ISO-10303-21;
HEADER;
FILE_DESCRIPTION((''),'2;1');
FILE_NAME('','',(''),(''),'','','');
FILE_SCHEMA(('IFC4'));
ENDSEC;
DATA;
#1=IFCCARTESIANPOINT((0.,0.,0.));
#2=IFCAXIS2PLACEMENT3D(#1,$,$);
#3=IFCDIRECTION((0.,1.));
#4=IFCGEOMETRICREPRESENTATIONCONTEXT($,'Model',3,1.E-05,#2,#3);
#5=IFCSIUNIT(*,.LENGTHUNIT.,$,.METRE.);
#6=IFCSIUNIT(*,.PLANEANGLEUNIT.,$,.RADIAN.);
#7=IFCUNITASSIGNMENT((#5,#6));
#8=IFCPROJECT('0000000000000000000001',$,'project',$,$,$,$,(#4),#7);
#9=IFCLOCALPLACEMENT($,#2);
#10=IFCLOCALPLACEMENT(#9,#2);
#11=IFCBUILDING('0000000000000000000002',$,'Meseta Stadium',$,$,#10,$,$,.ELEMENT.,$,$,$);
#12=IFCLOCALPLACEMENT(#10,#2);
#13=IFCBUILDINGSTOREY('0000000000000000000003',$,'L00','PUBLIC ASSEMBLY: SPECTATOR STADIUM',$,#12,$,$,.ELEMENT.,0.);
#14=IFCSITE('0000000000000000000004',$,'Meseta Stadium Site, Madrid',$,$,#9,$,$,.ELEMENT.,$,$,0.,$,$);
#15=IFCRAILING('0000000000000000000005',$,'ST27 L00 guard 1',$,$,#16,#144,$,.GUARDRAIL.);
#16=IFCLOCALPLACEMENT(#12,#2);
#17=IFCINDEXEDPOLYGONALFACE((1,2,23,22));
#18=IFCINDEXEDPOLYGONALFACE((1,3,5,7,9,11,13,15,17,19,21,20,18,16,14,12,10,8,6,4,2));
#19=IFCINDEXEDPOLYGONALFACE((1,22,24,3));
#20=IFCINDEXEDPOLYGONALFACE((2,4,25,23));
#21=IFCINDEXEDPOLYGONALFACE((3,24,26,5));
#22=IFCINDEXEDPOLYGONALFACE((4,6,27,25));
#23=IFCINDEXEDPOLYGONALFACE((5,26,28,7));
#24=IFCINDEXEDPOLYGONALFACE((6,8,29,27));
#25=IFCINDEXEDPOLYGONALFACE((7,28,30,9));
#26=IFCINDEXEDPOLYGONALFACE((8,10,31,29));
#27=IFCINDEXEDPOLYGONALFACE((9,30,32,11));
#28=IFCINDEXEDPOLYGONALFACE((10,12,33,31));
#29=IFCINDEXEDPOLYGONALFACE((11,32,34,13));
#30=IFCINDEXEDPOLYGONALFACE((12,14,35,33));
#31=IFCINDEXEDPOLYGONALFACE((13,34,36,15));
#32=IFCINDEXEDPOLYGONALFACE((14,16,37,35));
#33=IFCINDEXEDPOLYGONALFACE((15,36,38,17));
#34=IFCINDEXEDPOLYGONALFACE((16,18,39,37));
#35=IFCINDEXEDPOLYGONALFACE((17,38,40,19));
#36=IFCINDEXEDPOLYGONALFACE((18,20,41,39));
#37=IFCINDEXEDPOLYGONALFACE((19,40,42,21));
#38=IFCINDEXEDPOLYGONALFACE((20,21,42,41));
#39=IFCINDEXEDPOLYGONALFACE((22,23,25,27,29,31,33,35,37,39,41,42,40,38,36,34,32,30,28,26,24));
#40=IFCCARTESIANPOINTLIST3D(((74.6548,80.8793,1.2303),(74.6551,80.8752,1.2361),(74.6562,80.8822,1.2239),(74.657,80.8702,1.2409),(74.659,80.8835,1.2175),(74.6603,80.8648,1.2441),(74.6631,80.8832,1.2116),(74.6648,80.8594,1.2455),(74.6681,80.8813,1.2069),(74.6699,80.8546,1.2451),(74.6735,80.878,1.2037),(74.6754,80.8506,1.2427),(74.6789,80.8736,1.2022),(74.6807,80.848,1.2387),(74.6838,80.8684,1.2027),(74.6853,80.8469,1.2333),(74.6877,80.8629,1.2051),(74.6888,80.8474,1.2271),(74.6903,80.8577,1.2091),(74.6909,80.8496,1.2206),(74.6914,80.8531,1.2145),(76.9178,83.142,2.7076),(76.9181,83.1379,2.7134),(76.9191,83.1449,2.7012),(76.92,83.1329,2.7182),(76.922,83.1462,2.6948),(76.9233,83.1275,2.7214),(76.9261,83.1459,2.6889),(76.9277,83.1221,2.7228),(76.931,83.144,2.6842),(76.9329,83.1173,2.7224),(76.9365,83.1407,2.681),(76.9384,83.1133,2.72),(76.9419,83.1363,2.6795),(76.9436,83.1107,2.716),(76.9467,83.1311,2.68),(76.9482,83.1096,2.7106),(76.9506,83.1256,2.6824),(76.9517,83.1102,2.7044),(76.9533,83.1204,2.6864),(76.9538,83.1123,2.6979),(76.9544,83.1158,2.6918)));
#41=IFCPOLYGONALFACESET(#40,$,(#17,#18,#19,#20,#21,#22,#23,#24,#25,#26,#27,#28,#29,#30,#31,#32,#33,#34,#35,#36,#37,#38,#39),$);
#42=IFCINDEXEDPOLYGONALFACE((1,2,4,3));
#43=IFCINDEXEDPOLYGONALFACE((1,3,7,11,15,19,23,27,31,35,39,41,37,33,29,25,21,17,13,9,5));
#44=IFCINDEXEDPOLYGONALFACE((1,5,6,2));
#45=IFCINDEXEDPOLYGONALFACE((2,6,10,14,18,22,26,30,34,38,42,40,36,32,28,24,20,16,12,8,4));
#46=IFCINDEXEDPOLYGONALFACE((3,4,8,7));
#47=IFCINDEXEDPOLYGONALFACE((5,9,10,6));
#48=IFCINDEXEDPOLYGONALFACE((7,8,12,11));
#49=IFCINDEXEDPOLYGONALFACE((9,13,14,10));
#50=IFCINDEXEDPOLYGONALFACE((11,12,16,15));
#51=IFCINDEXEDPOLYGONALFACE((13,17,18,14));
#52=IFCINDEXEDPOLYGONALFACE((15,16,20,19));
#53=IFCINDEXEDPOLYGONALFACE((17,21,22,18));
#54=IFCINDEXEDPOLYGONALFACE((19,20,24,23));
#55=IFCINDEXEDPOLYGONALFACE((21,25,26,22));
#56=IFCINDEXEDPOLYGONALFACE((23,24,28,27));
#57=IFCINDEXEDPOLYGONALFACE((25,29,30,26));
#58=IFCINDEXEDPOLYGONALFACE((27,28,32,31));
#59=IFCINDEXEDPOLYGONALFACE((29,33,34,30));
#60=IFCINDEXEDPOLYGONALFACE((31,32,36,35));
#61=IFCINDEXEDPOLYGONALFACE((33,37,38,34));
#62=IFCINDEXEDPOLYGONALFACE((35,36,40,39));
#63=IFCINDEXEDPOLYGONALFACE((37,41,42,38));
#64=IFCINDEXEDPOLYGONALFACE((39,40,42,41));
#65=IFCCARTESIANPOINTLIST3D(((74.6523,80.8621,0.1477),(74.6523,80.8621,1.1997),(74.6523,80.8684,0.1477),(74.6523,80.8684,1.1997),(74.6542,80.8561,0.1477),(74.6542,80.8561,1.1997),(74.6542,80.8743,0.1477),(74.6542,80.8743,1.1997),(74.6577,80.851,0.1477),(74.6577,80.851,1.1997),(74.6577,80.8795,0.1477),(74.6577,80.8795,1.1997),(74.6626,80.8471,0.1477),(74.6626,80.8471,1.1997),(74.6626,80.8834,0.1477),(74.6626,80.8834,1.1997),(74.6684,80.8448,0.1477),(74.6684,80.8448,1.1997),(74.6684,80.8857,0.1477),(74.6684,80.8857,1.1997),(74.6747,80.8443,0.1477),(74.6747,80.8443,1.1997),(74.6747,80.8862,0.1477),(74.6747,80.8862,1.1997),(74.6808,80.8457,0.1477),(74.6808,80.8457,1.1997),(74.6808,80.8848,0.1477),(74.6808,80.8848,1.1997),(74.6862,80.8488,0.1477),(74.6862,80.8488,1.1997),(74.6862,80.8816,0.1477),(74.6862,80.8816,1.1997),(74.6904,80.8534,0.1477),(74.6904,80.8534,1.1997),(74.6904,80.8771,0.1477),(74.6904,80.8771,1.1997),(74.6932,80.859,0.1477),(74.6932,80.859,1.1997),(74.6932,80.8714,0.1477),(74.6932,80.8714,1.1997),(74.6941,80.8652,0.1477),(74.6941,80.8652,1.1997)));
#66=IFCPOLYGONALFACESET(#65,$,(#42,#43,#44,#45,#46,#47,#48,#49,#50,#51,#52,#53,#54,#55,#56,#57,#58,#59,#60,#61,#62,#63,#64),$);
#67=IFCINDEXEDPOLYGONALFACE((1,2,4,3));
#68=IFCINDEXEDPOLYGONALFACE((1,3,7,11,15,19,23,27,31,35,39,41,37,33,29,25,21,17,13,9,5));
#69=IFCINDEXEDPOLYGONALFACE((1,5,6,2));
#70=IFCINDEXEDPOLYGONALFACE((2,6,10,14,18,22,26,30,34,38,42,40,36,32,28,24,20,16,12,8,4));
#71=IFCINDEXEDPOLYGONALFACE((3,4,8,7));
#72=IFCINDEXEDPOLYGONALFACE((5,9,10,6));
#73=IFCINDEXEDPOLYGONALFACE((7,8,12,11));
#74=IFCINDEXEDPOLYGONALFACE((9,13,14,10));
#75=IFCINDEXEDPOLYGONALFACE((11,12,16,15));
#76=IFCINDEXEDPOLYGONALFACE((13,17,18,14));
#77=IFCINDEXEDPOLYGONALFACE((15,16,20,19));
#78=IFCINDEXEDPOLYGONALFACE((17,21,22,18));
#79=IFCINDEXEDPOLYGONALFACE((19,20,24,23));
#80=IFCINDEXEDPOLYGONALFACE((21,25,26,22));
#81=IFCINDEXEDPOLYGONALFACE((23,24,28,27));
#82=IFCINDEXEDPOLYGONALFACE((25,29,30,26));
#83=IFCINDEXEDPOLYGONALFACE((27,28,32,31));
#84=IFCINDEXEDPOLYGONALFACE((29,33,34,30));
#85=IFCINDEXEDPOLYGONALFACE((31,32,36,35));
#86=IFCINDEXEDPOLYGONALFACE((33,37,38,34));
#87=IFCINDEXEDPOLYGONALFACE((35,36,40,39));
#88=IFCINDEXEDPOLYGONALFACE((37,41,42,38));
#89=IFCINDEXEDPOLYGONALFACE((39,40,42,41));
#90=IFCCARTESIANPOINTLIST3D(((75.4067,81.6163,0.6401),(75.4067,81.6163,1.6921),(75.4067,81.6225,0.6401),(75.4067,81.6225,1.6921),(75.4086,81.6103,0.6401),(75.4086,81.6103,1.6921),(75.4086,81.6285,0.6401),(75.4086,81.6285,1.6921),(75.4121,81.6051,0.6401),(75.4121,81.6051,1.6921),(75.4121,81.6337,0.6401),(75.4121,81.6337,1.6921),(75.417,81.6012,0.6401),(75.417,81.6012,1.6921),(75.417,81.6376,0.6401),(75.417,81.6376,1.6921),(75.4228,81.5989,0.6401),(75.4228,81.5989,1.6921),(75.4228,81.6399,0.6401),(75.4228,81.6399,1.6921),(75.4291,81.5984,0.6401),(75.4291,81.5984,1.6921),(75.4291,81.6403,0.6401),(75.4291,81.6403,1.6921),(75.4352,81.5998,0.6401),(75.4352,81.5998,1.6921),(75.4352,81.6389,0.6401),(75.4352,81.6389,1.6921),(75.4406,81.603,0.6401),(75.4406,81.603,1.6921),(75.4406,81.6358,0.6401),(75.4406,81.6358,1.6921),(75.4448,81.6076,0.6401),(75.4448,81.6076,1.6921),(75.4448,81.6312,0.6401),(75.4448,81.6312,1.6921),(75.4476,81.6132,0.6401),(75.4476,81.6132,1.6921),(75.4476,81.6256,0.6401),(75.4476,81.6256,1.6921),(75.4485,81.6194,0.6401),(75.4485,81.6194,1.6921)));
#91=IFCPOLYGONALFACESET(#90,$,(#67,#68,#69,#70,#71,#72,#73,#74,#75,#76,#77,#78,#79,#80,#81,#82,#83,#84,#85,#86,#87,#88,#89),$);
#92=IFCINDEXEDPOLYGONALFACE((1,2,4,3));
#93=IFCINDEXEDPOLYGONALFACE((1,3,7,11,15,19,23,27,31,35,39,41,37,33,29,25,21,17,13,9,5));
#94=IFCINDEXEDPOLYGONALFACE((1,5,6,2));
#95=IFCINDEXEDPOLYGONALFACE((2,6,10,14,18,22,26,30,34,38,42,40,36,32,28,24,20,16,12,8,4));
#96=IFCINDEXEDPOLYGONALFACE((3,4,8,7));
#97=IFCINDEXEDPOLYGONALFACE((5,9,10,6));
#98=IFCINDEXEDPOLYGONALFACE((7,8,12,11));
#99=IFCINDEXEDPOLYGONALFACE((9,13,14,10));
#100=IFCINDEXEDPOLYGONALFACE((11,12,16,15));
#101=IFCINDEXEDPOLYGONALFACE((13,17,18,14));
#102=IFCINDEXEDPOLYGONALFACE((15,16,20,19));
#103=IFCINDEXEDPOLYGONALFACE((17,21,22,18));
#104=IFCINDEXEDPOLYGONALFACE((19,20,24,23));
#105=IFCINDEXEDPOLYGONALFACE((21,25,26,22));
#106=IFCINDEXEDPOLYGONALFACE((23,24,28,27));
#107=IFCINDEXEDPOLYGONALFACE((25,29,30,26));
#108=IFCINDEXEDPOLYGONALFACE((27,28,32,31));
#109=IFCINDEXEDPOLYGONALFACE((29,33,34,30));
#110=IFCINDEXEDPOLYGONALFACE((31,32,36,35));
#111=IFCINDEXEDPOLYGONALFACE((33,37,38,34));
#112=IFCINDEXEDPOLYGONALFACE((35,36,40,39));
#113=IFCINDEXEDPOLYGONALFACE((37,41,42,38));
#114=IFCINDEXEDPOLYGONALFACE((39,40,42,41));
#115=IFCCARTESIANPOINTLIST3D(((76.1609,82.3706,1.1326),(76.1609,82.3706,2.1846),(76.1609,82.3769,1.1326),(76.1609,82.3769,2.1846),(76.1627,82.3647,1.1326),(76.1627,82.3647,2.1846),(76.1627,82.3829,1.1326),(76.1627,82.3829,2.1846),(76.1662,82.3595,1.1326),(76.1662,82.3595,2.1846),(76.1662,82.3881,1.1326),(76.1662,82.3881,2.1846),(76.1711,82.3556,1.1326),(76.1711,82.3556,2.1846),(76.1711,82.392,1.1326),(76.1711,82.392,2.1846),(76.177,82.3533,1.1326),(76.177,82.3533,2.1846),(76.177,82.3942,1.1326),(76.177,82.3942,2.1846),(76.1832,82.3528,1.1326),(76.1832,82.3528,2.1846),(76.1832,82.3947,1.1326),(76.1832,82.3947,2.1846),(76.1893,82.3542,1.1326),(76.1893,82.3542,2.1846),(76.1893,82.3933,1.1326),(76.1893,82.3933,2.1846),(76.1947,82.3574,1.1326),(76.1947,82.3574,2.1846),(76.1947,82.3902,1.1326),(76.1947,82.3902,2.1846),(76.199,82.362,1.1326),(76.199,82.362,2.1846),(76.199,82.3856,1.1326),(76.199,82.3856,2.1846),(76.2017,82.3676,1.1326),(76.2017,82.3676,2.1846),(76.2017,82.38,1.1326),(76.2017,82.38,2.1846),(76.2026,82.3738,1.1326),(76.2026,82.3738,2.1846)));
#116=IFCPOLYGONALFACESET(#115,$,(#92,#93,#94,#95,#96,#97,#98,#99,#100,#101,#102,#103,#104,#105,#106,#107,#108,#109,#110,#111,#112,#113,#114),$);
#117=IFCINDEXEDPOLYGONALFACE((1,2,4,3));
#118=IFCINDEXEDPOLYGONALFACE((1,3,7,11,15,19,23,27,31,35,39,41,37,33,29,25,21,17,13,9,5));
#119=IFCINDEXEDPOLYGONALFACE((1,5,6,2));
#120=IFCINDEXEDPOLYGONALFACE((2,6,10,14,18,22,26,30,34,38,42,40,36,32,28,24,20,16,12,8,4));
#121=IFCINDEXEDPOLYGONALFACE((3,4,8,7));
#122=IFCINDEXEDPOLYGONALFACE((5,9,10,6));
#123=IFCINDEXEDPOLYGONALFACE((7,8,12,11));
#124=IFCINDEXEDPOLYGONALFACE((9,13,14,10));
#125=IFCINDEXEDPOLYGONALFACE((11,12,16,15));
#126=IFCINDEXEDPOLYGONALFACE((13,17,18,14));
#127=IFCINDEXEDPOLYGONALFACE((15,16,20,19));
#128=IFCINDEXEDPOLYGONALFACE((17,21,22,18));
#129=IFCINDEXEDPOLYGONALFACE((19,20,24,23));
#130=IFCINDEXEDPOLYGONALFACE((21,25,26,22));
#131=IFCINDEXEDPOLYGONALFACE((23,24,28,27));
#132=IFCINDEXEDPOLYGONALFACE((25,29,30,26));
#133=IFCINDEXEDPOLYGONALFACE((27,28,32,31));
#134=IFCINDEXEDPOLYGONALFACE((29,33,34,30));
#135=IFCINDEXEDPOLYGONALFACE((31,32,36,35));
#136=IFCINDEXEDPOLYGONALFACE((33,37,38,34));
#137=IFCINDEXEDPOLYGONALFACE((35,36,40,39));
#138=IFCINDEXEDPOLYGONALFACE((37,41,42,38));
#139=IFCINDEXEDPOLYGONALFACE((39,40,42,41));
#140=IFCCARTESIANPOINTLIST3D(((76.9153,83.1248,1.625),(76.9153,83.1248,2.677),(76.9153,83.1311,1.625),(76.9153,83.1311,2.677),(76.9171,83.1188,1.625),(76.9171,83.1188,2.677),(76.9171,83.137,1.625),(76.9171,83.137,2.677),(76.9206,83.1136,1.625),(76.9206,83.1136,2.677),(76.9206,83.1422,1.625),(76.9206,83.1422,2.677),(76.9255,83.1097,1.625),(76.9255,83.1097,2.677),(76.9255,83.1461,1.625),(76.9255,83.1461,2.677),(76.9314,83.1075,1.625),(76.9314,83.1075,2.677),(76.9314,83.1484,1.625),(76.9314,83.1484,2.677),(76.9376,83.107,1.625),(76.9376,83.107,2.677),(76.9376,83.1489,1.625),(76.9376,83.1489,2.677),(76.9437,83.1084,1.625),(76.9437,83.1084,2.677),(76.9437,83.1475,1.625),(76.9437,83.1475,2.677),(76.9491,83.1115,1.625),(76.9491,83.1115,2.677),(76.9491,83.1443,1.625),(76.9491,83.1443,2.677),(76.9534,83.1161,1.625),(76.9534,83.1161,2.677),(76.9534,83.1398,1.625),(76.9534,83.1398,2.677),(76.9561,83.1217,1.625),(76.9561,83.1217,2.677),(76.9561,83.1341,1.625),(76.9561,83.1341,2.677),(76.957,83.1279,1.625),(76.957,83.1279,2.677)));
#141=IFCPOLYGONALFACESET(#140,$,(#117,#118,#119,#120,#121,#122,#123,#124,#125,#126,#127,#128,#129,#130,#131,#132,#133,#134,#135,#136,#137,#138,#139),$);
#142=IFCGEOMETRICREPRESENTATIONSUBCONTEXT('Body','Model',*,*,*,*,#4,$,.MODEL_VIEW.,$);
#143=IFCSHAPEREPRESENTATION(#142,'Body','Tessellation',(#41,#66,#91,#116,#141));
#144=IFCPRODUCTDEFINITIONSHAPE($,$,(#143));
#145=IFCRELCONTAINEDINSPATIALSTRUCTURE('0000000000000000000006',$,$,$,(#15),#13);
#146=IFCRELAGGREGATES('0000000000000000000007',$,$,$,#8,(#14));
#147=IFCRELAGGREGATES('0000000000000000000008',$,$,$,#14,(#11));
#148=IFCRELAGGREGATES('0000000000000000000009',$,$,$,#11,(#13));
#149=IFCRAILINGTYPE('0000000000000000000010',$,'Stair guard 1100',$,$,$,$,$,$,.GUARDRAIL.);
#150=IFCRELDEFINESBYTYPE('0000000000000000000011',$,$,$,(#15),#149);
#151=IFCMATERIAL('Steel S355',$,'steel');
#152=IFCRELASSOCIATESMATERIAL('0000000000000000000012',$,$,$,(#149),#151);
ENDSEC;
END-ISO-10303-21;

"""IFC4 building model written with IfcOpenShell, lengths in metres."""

from ifc_helpers import new_model, si_unit, direction, frame, origin, origin_2d, place, context, subcontext, project, spatial, circle, extrude, material, type_object, element, save


model = new_model("IFC4")

# Units and contexts
model_context = context("Model", 3, precision=1e-05, world=origin(), true_north=direction((0.0, 1.0)))
body_context = subcontext(model_context, "Body", "Model", "MODEL_VIEW")
ifc_project = project(units=[si_unit("LENGTHUNIT", "METRE"), si_unit("PLANEANGLEUNIT", "RADIAN")], contexts=[model_context])

# Site, building, storey
site_placement = place(None, origin())
site = spatial("IfcSite", under=ifc_project, at=site_placement, Name="Meseta Stadium Site, Madrid", CompositionType="ELEMENT", RefElevation=0.0)
building_placement = place(site_placement, origin())
building = spatial("IfcBuilding", under=site, at=building_placement, Name="Meseta Stadium", CompositionType="ELEMENT")
storey_placement = place(building_placement, origin())
storey = spatial("IfcBuildingStorey", under=building, at=storey_placement, Name="L00", Description="PUBLIC ASSEMBLY: SPECTATOR STADIUM", CompositionType="ELEMENT", Elevation=0.0)

# Railing
ifc_material_1 = material(Name="Steel S355", Category="steel")
railing_type_1 = type_object("IfcRailingType", Name="Stair guard 1100", PredefinedType="GUARDRAIL", material=ifc_material_1)
railing_1_placement = place(storey_placement, frame((74.6731, 80.8652, 0.1477)))
element("IfcRailing", 1, at=railing_1_placement, inside=storey, type_object=railing_type_1, Name="ST27 L00 guard 1", PredefinedType="GUARDRAIL", context=body_context, shape_type="SweptSolid", body=[
    extrude(circle(Radius=0.0239, at=origin_2d()), frame((0.0, 0.0, 1.0762), z_axis=(0.642034, 0.641965, 0.419134), x_axis=(-0.707069, 0.707145, 0.0)), (0.0, 0.0, 1.0), 3.5247),
    extrude(circle(Radius=0.021, at=origin_2d()), origin(), (0.0, 0.0, 1.0), 1.052),
    extrude(circle(Radius=0.021, at=origin_2d()), frame((0.7544, 0.7542, 0.4924)), (0.0, 0.0, 1.0), 1.052),
    extrude(circle(Radius=0.021, at=origin_2d()), frame((1.5085, 1.5085, 0.9849)), (0.0, 0.0, 1.0), 1.052),
    extrude(circle(Radius=0.021, at=origin_2d()), frame((2.2629, 2.2627, 1.4773)), (0.0, 0.0, 1.0), 1.052),
])

save(model, "model.ifc")
